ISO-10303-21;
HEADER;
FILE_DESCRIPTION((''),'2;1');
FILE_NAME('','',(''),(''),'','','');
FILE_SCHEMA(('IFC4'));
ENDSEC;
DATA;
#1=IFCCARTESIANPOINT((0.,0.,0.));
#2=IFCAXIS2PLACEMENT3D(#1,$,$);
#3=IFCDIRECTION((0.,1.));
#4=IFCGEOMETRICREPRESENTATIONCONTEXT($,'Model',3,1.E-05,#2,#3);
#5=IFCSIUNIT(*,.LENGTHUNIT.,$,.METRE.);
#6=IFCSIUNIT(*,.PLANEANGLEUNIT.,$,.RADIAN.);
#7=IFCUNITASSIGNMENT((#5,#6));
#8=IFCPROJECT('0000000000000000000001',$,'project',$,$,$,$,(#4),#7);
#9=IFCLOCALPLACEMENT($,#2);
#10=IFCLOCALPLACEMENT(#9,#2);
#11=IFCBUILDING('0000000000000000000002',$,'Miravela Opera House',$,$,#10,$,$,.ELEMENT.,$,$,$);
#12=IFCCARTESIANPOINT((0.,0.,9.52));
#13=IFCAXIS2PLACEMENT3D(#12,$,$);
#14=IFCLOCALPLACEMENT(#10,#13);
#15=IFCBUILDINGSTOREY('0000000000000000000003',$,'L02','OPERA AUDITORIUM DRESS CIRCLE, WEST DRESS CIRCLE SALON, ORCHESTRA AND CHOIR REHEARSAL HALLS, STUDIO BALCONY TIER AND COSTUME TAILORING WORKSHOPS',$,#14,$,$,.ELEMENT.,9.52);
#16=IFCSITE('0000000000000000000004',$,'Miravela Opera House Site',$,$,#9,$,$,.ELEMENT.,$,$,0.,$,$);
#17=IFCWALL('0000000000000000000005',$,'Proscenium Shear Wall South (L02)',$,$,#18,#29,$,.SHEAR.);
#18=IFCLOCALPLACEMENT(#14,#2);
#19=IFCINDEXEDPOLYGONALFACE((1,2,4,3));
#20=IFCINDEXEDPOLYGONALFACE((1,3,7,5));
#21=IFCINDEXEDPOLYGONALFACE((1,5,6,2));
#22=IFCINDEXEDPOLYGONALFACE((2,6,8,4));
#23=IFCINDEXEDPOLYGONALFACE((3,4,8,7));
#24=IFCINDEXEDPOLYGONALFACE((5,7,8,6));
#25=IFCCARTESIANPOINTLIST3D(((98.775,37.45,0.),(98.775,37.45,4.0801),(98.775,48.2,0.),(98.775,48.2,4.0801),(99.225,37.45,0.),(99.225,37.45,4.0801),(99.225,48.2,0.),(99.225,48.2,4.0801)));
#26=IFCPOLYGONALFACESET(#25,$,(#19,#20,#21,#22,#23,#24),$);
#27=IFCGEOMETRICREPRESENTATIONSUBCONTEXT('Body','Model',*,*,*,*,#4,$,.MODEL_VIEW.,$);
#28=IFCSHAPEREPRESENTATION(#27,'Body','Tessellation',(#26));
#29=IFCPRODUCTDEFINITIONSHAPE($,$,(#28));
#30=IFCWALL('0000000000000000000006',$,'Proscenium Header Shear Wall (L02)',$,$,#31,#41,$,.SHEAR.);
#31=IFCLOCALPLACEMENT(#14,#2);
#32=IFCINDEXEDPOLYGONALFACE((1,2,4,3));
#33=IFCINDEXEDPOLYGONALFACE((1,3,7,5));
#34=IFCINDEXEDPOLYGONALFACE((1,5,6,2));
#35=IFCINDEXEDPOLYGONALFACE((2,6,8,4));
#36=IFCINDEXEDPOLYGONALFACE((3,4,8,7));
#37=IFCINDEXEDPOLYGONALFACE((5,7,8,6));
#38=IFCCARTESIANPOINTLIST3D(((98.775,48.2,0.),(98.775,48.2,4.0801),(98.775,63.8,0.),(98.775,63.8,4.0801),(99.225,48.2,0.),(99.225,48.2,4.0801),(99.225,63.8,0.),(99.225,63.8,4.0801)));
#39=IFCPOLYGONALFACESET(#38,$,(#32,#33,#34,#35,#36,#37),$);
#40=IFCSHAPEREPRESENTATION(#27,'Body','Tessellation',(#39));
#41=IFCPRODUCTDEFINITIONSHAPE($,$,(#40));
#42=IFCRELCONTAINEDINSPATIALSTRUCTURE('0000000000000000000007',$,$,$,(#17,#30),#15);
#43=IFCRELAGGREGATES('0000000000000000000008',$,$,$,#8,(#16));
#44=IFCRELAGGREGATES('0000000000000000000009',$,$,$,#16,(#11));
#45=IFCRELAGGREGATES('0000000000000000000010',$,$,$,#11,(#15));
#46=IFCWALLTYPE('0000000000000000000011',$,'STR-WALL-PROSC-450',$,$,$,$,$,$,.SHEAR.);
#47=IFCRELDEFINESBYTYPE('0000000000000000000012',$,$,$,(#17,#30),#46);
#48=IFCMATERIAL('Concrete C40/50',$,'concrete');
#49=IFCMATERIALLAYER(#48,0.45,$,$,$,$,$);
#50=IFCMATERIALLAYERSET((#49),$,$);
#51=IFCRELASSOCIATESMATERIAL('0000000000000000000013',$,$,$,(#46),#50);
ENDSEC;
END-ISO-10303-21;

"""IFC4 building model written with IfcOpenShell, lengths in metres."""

from ifc_helpers import new_model, si_unit, direction, frame, frame_2d, origin, place, context, subcontext, project, spatial, rectangle, extrude, material, layer, layer_set, type_object, element, save


model = new_model("IFC4")

# Units and contexts
model_context = context("Model", 3, precision=1e-05, world=origin(), true_north=direction((0.0, 1.0)))
body_context = subcontext(model_context, "Body", "Model", "MODEL_VIEW")
ifc_project = project(units=[si_unit("LENGTHUNIT", "METRE"), si_unit("PLANEANGLEUNIT", "RADIAN")], contexts=[model_context])

# Site, building, storey
site_placement = place(None, origin())
site = spatial("IfcSite", under=ifc_project, at=site_placement, Name="Miravela Opera House Site", CompositionType="ELEMENT", RefElevation=0.0)
building_placement = place(site_placement, origin())
building = spatial("IfcBuilding", under=site, at=building_placement, Name="Miravela Opera House", CompositionType="ELEMENT")
storey_placement = place(building_placement, frame((0.0, 0.0, 9.52)))
storey = spatial("IfcBuildingStorey", under=building, at=storey_placement, Name="L02", Description="OPERA AUDITORIUM DRESS CIRCLE, WEST DRESS CIRCLE SALON, ORCHESTRA AND CHOIR REHEARSAL HALLS, STUDIO BALCONY TIER AND COSTUME TAILORING WORKSHOPS", CompositionType="ELEMENT", Elevation=9.52)

# Shared definitions
ifc_material_1 = material(Name="Concrete C40/50", Category="concrete")

# Walls
ifc_layer_1 = layer(ifc_material_1, 0.45)
ifc_layer_set_1 = layer_set([ifc_layer_1])
wall_type_1 = type_object("IfcWallType", Name="STR-WALL-PROSC-450", PredefinedType="SHEAR", material=ifc_layer_set_1)
wall_1_placement = place(storey_placement, frame((99.0, 37.45, 0.0), z_axis=(0.0, 0.0, 1.0), x_axis=(0.0, 1.0, 0.0)))
element("IfcWall", 1, at=wall_1_placement, inside=storey, type_object=wall_type_1, Name="Proscenium Shear Wall South (L02)", PredefinedType="SHEAR", context=body_context, shape_type="SweptSolid", body=[
    extrude(rectangle(XDim=10.75, YDim=0.45, at=frame_2d((5.375, 0.0))), origin(), (0.0, 0.0, 1.0), 4.0801),
])
wall_2_placement = place(storey_placement, frame((99.0, 48.2, 0.0), z_axis=(0.0, 0.0, 1.0), x_axis=(0.0, 1.0, 0.0)))
element("IfcWall", 2, at=wall_2_placement, inside=storey, type_object=wall_type_1, Name="Proscenium Header Shear Wall (L02)", PredefinedType="SHEAR", context=body_context, shape_type="SweptSolid", body=[
    extrude(rectangle(XDim=15.6001, YDim=0.45, at=frame_2d((7.8, 0.0))), origin(), (0.0, 0.0, 1.0), 4.0801),
])

save(model, "model.ifc")
